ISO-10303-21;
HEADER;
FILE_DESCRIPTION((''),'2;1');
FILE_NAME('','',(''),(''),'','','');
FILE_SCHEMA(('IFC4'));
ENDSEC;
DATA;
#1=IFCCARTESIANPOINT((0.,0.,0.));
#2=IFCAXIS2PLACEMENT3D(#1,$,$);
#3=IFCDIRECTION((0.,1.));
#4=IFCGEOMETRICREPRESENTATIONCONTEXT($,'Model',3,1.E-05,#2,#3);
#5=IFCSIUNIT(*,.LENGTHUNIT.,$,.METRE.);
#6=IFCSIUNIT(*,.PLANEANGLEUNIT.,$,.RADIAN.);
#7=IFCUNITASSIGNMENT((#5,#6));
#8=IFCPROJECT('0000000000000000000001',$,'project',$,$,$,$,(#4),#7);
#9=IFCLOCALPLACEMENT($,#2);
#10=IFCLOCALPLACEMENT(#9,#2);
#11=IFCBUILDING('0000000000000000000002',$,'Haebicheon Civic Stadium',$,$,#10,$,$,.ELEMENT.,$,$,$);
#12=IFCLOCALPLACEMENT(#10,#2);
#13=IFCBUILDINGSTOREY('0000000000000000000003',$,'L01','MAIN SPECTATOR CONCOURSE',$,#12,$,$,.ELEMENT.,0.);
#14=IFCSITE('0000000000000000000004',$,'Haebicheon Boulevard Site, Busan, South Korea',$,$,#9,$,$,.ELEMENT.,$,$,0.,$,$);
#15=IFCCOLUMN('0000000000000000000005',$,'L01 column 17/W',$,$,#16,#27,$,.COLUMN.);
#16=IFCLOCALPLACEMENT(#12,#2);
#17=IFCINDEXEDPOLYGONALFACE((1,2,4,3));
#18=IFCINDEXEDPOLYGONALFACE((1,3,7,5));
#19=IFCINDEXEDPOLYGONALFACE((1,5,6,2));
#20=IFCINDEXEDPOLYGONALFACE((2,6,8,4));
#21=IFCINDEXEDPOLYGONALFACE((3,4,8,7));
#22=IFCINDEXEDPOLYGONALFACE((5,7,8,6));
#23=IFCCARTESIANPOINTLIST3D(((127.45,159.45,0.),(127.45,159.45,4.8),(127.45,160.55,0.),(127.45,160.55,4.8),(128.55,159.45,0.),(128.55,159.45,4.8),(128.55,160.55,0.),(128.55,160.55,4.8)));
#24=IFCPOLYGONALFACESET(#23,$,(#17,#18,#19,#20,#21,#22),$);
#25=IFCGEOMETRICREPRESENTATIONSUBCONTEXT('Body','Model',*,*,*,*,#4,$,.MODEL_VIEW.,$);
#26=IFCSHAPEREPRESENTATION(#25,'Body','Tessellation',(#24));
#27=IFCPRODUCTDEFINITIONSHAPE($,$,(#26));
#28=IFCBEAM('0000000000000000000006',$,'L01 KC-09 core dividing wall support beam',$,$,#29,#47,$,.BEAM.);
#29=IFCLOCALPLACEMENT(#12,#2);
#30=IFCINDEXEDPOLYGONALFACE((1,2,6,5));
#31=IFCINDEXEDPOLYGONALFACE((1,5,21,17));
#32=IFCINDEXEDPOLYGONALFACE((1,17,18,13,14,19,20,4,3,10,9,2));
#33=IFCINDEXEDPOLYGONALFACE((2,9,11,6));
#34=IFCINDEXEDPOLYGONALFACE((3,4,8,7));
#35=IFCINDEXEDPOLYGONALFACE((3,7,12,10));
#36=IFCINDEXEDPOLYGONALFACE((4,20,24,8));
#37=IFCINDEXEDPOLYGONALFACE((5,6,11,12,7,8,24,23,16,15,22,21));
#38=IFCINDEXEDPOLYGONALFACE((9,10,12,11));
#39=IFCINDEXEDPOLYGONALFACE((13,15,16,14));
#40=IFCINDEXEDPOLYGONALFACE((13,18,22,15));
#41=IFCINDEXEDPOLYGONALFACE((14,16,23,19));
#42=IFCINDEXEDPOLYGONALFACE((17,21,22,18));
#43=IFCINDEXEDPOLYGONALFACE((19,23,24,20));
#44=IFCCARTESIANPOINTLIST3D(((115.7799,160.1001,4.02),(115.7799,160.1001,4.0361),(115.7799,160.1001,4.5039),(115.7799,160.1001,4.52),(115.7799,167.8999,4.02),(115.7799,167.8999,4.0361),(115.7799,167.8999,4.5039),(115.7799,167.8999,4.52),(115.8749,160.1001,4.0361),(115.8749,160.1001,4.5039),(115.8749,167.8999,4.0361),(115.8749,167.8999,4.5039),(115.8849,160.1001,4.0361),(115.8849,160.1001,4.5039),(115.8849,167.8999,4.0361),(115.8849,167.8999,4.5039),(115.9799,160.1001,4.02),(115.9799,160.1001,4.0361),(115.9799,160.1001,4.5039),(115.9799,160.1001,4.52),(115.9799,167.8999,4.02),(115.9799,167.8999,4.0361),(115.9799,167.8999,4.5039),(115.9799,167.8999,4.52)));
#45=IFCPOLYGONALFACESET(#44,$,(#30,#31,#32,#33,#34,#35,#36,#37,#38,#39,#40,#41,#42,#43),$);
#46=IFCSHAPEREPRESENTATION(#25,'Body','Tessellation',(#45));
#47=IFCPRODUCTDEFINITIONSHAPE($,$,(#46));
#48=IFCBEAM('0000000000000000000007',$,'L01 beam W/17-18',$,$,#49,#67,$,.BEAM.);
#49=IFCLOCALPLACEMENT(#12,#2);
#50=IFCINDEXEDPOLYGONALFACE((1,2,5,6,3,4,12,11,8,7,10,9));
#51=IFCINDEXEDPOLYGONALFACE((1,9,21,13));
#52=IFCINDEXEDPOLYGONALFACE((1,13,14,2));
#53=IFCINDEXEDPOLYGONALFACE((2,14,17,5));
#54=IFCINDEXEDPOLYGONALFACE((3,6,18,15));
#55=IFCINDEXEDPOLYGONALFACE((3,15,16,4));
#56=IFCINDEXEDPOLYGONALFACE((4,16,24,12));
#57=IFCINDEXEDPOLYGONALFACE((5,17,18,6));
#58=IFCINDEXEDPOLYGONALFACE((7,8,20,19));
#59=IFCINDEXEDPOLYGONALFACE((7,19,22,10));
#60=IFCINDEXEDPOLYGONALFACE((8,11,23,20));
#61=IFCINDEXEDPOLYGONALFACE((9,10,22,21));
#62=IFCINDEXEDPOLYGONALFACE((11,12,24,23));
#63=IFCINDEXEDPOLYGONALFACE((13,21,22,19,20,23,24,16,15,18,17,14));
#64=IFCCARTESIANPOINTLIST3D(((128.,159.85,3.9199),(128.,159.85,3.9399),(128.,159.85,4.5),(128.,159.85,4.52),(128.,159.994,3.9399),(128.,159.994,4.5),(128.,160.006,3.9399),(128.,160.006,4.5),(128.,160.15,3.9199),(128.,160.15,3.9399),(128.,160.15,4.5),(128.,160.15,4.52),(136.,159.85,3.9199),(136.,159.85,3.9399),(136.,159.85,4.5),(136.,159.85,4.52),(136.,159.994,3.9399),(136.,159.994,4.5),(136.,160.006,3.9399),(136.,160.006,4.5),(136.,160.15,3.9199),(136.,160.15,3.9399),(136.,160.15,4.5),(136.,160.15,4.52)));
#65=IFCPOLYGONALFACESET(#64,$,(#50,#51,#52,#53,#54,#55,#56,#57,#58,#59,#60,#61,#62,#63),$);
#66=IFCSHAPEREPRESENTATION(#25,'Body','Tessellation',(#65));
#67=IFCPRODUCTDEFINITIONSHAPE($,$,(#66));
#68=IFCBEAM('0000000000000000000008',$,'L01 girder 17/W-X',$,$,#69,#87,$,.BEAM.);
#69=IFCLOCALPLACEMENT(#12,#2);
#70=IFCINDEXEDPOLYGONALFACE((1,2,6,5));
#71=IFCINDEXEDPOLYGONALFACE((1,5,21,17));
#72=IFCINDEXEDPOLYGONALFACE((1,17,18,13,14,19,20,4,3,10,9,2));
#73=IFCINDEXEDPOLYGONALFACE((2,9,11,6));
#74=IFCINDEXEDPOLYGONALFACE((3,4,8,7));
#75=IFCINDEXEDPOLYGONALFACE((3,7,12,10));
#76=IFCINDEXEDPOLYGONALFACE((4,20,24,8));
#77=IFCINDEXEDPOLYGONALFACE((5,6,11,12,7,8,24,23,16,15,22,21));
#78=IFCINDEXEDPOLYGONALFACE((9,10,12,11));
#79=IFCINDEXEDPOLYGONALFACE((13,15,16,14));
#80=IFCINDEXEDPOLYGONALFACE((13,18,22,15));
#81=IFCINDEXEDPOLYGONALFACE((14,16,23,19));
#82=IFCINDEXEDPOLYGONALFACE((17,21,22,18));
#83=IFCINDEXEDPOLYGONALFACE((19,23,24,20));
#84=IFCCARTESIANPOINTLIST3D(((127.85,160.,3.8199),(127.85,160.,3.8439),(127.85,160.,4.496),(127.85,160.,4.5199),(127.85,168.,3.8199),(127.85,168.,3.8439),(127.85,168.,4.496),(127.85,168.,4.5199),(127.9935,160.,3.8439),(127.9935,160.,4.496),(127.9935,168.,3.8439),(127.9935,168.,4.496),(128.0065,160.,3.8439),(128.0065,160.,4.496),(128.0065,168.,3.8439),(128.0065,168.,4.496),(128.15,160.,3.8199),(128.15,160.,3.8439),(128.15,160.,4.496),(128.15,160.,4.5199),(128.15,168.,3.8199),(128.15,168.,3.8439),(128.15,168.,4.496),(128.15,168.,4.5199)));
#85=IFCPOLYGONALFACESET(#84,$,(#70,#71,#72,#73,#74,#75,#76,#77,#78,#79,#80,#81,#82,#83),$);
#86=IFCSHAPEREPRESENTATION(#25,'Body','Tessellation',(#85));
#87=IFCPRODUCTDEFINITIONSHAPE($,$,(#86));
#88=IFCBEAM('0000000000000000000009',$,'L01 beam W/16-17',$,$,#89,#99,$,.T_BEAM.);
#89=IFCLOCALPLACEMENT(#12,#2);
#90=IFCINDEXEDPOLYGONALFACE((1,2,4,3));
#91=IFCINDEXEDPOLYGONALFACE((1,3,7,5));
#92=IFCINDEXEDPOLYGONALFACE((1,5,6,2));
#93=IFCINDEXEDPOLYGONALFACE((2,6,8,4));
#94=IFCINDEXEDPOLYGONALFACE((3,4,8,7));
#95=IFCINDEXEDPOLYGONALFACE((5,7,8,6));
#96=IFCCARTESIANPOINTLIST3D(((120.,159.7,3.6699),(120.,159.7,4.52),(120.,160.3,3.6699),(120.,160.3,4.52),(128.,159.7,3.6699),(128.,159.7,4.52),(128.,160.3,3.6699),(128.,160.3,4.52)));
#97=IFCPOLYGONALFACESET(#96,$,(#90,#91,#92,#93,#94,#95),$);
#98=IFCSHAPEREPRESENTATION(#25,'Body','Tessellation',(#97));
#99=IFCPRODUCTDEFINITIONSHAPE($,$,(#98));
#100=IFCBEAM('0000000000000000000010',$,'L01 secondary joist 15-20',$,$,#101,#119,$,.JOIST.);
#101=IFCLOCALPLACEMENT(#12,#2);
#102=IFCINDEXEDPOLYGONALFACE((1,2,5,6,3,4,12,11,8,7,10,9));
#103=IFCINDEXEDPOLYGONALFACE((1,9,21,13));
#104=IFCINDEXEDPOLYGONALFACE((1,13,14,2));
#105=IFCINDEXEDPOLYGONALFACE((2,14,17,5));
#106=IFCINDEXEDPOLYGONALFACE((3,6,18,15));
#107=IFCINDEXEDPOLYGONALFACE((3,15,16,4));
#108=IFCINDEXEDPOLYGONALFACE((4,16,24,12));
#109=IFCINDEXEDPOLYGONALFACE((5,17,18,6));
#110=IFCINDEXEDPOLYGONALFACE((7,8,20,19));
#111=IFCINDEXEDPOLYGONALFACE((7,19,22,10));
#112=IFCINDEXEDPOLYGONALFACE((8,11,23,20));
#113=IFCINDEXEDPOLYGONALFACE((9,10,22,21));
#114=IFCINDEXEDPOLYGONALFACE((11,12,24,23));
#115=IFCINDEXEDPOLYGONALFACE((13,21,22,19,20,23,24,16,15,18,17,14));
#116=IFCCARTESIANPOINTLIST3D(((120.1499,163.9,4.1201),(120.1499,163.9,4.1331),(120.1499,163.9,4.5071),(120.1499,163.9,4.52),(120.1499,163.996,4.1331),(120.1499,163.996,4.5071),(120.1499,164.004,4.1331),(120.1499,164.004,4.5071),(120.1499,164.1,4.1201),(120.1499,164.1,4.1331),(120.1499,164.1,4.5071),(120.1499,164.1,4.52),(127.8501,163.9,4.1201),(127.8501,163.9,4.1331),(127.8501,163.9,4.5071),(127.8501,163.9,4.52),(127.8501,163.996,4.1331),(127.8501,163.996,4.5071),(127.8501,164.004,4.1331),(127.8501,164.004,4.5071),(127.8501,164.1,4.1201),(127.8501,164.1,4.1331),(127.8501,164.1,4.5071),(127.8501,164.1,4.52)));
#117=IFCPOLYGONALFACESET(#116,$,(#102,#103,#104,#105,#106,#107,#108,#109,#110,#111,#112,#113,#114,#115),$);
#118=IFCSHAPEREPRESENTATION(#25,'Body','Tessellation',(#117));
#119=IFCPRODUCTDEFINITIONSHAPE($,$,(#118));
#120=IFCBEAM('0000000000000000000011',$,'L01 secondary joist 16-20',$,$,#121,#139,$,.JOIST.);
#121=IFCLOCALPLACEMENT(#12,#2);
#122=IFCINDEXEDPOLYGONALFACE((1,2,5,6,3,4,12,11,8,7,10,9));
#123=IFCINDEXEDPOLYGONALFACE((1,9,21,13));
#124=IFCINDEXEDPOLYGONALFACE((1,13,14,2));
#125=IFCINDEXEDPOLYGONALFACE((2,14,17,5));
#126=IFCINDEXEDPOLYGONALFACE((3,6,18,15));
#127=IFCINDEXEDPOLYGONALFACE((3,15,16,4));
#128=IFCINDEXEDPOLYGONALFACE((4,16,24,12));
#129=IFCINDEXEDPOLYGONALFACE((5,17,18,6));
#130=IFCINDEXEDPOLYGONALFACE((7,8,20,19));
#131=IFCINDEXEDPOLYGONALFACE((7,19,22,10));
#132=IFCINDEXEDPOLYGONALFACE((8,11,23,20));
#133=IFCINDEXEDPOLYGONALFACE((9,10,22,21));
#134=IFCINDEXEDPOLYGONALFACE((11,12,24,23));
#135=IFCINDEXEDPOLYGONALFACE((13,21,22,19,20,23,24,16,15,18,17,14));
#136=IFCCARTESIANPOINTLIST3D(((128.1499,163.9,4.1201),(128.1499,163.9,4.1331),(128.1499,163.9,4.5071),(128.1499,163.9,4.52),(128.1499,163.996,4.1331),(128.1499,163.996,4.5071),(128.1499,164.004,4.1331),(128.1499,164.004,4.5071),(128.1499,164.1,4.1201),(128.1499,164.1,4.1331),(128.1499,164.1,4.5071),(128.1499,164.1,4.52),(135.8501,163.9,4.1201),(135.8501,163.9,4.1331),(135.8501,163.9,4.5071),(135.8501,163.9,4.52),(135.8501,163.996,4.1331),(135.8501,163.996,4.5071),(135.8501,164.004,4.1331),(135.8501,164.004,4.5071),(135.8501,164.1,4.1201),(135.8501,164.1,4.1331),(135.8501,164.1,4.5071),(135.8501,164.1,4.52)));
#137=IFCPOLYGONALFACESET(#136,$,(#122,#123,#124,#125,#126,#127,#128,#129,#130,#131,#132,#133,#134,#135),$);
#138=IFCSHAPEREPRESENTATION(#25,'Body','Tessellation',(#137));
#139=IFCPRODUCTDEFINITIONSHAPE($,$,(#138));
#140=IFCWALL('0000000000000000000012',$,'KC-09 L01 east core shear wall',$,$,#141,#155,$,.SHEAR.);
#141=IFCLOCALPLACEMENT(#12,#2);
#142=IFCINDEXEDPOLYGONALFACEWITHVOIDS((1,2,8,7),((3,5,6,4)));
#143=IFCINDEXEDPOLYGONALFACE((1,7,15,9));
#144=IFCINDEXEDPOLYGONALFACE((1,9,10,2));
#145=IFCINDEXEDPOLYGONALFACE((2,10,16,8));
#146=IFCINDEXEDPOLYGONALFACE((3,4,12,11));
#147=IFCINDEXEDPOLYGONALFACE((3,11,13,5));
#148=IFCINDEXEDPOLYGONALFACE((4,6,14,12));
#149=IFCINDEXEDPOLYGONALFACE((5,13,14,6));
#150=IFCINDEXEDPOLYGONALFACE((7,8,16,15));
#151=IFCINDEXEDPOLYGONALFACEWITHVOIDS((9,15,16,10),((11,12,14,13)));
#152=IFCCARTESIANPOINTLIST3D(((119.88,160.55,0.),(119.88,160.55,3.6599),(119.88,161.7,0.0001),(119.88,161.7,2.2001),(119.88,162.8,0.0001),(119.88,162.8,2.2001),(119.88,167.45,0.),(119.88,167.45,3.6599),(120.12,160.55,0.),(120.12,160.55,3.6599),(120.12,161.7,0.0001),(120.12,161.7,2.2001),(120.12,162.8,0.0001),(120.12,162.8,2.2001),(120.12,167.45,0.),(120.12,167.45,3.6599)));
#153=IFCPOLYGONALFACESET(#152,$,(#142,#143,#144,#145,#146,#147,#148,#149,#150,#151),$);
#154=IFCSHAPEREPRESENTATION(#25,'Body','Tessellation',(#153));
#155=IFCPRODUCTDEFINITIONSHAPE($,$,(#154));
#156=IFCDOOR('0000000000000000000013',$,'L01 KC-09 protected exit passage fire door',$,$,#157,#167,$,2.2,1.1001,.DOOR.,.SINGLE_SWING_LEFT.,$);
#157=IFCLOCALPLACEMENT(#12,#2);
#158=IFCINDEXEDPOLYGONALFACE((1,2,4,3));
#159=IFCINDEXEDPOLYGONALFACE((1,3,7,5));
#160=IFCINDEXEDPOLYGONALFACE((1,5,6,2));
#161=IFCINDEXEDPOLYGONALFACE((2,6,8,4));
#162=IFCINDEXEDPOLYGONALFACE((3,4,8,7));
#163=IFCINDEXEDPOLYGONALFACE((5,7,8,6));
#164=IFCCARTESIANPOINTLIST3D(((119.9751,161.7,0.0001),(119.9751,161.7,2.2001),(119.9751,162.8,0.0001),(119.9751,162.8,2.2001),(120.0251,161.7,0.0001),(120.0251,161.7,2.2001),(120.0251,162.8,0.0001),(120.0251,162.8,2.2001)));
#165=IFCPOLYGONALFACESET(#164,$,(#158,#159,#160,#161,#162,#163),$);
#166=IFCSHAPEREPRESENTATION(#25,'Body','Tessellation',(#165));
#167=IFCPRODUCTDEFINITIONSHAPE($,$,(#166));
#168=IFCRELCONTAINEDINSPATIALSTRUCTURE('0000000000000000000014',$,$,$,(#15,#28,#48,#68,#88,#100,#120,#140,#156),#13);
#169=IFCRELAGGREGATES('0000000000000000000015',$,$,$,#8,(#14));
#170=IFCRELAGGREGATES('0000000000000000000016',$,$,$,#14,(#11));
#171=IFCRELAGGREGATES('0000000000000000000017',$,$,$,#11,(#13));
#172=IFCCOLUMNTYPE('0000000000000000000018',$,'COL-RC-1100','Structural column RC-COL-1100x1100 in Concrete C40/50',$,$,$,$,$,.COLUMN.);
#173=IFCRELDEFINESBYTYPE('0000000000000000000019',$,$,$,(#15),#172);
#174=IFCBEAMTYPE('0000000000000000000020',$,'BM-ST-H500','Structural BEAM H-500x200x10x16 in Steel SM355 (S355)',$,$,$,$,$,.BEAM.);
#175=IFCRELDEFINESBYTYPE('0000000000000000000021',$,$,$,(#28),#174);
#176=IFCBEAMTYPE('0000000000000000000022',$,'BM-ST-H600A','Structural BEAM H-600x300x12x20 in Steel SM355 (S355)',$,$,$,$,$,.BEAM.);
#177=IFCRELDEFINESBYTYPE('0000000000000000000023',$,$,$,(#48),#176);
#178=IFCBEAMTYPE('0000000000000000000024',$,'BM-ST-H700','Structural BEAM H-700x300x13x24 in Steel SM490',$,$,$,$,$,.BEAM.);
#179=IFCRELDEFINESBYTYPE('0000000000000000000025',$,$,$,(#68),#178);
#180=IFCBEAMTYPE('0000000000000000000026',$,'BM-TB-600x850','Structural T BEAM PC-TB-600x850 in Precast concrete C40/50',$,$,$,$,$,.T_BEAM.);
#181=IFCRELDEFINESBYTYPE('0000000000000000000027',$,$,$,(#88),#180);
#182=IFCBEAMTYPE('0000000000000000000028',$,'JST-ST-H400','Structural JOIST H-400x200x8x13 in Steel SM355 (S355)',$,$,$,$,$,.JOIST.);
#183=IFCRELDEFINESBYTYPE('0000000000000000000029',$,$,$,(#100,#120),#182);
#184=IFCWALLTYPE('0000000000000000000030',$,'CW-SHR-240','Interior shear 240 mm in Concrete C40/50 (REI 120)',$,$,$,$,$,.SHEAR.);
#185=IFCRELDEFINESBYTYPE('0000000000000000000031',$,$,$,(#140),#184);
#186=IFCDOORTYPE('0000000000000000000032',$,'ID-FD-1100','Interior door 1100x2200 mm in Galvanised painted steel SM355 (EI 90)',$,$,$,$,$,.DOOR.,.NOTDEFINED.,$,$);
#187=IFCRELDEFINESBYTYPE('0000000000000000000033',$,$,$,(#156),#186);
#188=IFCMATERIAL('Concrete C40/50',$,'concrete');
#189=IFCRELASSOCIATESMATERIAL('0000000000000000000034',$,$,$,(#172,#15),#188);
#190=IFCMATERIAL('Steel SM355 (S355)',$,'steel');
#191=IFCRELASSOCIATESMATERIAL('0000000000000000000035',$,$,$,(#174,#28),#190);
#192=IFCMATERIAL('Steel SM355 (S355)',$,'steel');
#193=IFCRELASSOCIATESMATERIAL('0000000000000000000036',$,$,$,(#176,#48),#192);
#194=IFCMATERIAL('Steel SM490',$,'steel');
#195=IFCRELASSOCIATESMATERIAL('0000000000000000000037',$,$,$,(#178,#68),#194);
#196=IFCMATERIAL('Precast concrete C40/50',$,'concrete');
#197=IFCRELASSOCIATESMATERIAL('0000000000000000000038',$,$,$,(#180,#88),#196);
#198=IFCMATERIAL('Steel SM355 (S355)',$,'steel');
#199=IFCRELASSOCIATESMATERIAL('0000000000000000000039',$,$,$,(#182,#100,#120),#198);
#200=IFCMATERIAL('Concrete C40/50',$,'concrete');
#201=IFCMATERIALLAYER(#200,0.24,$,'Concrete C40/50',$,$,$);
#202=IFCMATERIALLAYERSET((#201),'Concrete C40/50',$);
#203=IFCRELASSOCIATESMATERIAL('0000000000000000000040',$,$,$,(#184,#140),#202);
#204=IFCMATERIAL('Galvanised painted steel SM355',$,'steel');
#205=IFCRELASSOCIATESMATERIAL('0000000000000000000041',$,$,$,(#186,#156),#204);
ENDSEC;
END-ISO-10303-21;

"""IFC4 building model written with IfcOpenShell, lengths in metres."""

from ifc_helpers import new_model, si_unit, direction, frame, frame_2d, origin, origin_2d, place, context, subcontext, project, spatial, rectangle, i_section, extrude, material, layer, layer_set, material_profile, profile_set, type_object, element, fill, save


model = new_model("IFC4")

# Units and contexts
model_context = context("Model", 3, precision=1e-05, world=origin(), true_north=direction((0.0, 1.0)))
body_context = subcontext(model_context, "Body", "Model", "MODEL_VIEW")
ifc_project = project(units=[si_unit("LENGTHUNIT", "METRE"), si_unit("PLANEANGLEUNIT", "RADIAN")], contexts=[model_context])

# Site, building, storey
site_placement = place(None, origin())
site = spatial("IfcSite", under=ifc_project, at=site_placement, Name="Haebicheon Boulevard Site, Busan, South Korea", CompositionType="ELEMENT", RefElevation=0.0)
building_placement = place(site_placement, origin())
building = spatial("IfcBuilding", under=site, at=building_placement, Name="Haebicheon Civic Stadium", CompositionType="ELEMENT")
storey_placement = place(building_placement, origin())
storey = spatial("IfcBuildingStorey", under=building, at=storey_placement, Name="L01", Description="MAIN SPECTATOR CONCOURSE", CompositionType="ELEMENT", Elevation=0.0)

# Column
ifc_material_1 = material(Name="Concrete C40/50", Category="concrete")
ifc_material_profile_1 = material_profile(ifc_material_1, rectangle(XDim=1.1001, YDim=1.1001, at=origin_2d()), Name="RC-COL-1100x1100")
ifc_profile_set_1 = profile_set([ifc_material_profile_1], Name="Concrete C40/50")
column_type = type_object("IfcColumnType", Name="COL-RC-1100", Description="Structural column RC-COL-1100x1100 in Concrete C40/50", PredefinedType="COLUMN", material=ifc_profile_set_1)
column_placement = place(storey_placement, frame((128.0, 160.0, 0.0), z_axis=(0.0, 0.0, 1.0), x_axis=(1.0, 0.0, 0.0)))
element("IfcColumn", 1, at=column_placement, inside=storey, type_object=column_type, material=ifc_profile_set_1, Name="L01 column 17/W", PredefinedType="COLUMN", context=body_context, shape_type="SweptSolid", body=[
    extrude(rectangle(XDim=1.1001, YDim=1.1001, at=origin_2d()), origin(), (0.0, 0.0, 1.0), 4.8),
])

# Beams
ifc_material_2 = material(Name="Steel SM355 (S355)", Category="steel")
ifc_material_profile_2 = material_profile(ifc_material_2, i_section(OverallWidth=0.2, OverallDepth=0.5, WebThickness=0.01, FlangeThickness=0.0161, at=origin_2d()), Name="H-500x200x10x16")
ifc_profile_set_2 = profile_set([ifc_material_profile_2], Name="Steel SM355 (S355)")
beam_type_1 = type_object("IfcBeamType", Name="BM-ST-H500", Description="Structural BEAM H-500x200x10x16 in Steel SM355 (S355)", PredefinedType="BEAM", material=ifc_profile_set_2)
beam_1_placement = place(storey_placement, frame((115.8799, 160.1001, 4.27), z_axis=(0.0, 1.0, 0.0), x_axis=(-1.0, 0.0, 0.0)))
element("IfcBeam", 2, at=beam_1_placement, inside=storey, type_object=beam_type_1, material=ifc_profile_set_2, Name="L01 KC-09 core dividing wall support beam", PredefinedType="BEAM", context=body_context, shape_type="SweptSolid", body=[
    extrude(i_section(OverallWidth=0.2, OverallDepth=0.5, WebThickness=0.01, FlangeThickness=0.0161, at=origin_2d()), origin(), (0.0, 0.0, 1.0), 7.7998),
])
ifc_material_3 = material(Name="Steel SM355 (S355)", Category="steel")
ifc_material_profile_3 = material_profile(ifc_material_3, i_section(OverallWidth=0.3, OverallDepth=0.6001, WebThickness=0.012, FlangeThickness=0.02, at=origin_2d()), Name="H-600x300x12x20")
ifc_profile_set_3 = profile_set([ifc_material_profile_3], Name="Steel SM355 (S355)")
beam_type_2 = type_object("IfcBeamType", Name="BM-ST-H600A", Description="Structural BEAM H-600x300x12x20 in Steel SM355 (S355)", PredefinedType="BEAM", material=ifc_profile_set_3)
beam_2_placement = place(storey_placement, frame((128.0, 160.0, 4.22), z_axis=(1.0, 0.0, 0.0), x_axis=(0.0, 1.0, 0.0)))
element("IfcBeam", 3, at=beam_2_placement, inside=storey, type_object=beam_type_2, material=ifc_profile_set_3, Name="L01 beam W/17-18", PredefinedType="BEAM", context=body_context, shape_type="SweptSolid", body=[
    extrude(i_section(OverallWidth=0.3, OverallDepth=0.6001, WebThickness=0.012, FlangeThickness=0.02, at=origin_2d()), origin(), (0.0, 0.0, 1.0), 8.0),
])
ifc_material_4 = material(Name="Steel SM490", Category="steel")
ifc_material_profile_4 = material_profile(ifc_material_4, i_section(OverallWidth=0.3, OverallDepth=0.7, WebThickness=0.0129, FlangeThickness=0.0239, at=origin_2d()), Name="H-700x300x13x24")
ifc_profile_set_4 = profile_set([ifc_material_profile_4], Name="Steel SM490")
beam_type_3 = type_object("IfcBeamType", Name="BM-ST-H700", Description="Structural BEAM H-700x300x13x24 in Steel SM490", PredefinedType="BEAM", material=ifc_profile_set_4)
beam_3_placement = place(storey_placement, frame((128.0, 160.0, 4.1699), z_axis=(0.0, 1.0, 0.0), x_axis=(-1.0, 0.0, 0.0)))
element("IfcBeam", 4, at=beam_3_placement, inside=storey, type_object=beam_type_3, material=ifc_profile_set_4, Name="L01 girder 17/W-X", PredefinedType="BEAM", context=body_context, shape_type="SweptSolid", body=[
    extrude(i_section(OverallWidth=0.3, OverallDepth=0.7, WebThickness=0.0129, FlangeThickness=0.0239, at=origin_2d()), origin(), (0.0, 0.0, 1.0), 8.0),
])
ifc_material_5 = material(Name="Precast concrete C40/50", Category="concrete")
ifc_material_profile_5 = material_profile(ifc_material_5, rectangle(XDim=0.6001, YDim=0.8501, at=origin_2d()), Name="PC-TB-600x850")
ifc_profile_set_5 = profile_set([ifc_material_profile_5], Name="Precast concrete C40/50")
beam_type_4 = type_object("IfcBeamType", Name="BM-TB-600x850", Description="Structural T BEAM PC-TB-600x850 in Precast concrete C40/50", PredefinedType="T_BEAM", material=ifc_profile_set_5)
beam_4_placement = place(storey_placement, frame((120.0, 160.0, 4.095), z_axis=(1.0, 0.0, 0.0), x_axis=(0.0, 1.0, 0.0)))
element("IfcBeam", 5, at=beam_4_placement, inside=storey, type_object=beam_type_4, material=ifc_profile_set_5, Name="L01 beam W/16-17", PredefinedType="T_BEAM", context=body_context, shape_type="SweptSolid", body=[
    extrude(rectangle(XDim=0.6001, YDim=0.8501, at=origin_2d()), origin(), (0.0, 0.0, 1.0), 8.0),
])
ifc_material_6 = material(Name="Steel SM355 (S355)", Category="steel")
ifc_material_profile_6 = material_profile(ifc_material_6, i_section(OverallWidth=0.2, OverallDepth=0.3999, WebThickness=0.0081, FlangeThickness=0.0129, at=origin_2d()), Name="H-400x200x8x13")
ifc_profile_set_6 = profile_set([ifc_material_profile_6], Name="Steel SM355 (S355)")
beam_type_5 = type_object("IfcBeamType", Name="JST-ST-H400", Description="Structural JOIST H-400x200x8x13 in Steel SM355 (S355)", PredefinedType="JOIST", material=ifc_profile_set_6)
for number, where, z_axis, x_axis, name in (
    (6, (120.1499, 164.0, 4.3201), (1.0, 0.0, 0.0), (0.0, 1.0, 0.0), "L01 secondary joist 15-20"),
    (7, (128.1499, 164.0, 4.3201), (1.0, 0.0, 0.0), (0.0, 1.0, 0.0), "L01 secondary joist 16-20"),
):
    element("IfcBeam", number, at=place(storey_placement, frame(where, z_axis=z_axis, x_axis=x_axis)), inside=storey, type_object=beam_type_5, material=ifc_profile_set_6, Name=name, PredefinedType="JOIST", context=body_context, shape_type="SweptSolid", body=[
        extrude(i_section(OverallWidth=0.2, OverallDepth=0.3999, WebThickness=0.0081, FlangeThickness=0.0129, at=origin_2d()), origin(), (0.0, 0.0, 1.0), 7.7002),
    ])

# Wall, opening, door
ifc_material_7 = material(Name="Concrete C40/50", Category="concrete")
ifc_layer_1 = layer(ifc_material_7, 0.24, Name="Concrete C40/50")
ifc_layer_set_1 = layer_set([ifc_layer_1], Name="Concrete C40/50")
wall_type_1 = type_object("IfcWallType", Name="CW-SHR-240", Description="Interior shear 240 mm in Concrete C40/50 (REI 120)", PredefinedType="SHEAR", material=ifc_layer_set_1)
wall_1_placement = place(storey_placement, frame((120.0, 160.55, 0.0), z_axis=(0.0, 0.0, 1.0), x_axis=(0.0, 1.0, 0.0)))
wall_1 = element("IfcWall", 8, at=wall_1_placement, inside=storey, type_object=wall_type_1, material=ifc_layer_set_1, Name="KC-09 L01 east core shear wall", PredefinedType="SHEAR", context=body_context, shape_type="SweptSolid", body=[
    extrude(rectangle(XDim=6.8999, YDim=0.24, at=frame_2d((3.45, 0.0))), origin(), (0.0, 0.0, 1.0), 3.6599),
])
opening_1_placement = place(wall_1_placement, frame((1.1499, 0.0, 0.0)))
opening_1 = element("IfcOpeningElement", 9, at=opening_1_placement, cuts=wall_1, PredefinedType="OPENING", context=body_context, shape_type="SweptSolid", body=[
    extrude(rectangle(XDim=1.1001, YDim=2.2, at=frame_2d((0.55, 1.1001))), frame((0.0, 0.1299, 0.0), z_axis=(0.0, -1.0, 0.0), x_axis=(1.0, 0.0, 0.0)), (0.0, 0.0, 1.0), 0.26),
])
ifc_material_8 = material(Name="Galvanised painted steel SM355", Category="steel")
door_type_1 = type_object("IfcDoorType", Name="ID-FD-1100", Description="Interior door 1100x2200 mm in Galvanised painted steel SM355 (EI 90)", OperationType="NOTDEFINED", PredefinedType="DOOR", material=ifc_material_8)
door_1_placement = place(opening_1_placement, origin())
door_1 = element("IfcDoor", 10, at=door_1_placement, inside=storey, type_object=door_type_1, material=ifc_material_8, Name="L01 KC-09 protected exit passage fire door", OperationType="SINGLE_SWING_LEFT", OverallHeight=2.2, OverallWidth=1.1001, PredefinedType="DOOR", context=body_context, shape_type="SweptSolid", body=[
    extrude(rectangle(XDim=1.1001, YDim=2.2, at=frame_2d((0.55, 1.1001))), frame((0.0, 0.0249, 0.0), z_axis=(0.0, -1.0, 0.0), x_axis=(1.0, 0.0, 0.0)), (0.0, 0.0, 1.0), 0.05),
])
fill(opening_1, door_1)

save(model, "model.ifc")
